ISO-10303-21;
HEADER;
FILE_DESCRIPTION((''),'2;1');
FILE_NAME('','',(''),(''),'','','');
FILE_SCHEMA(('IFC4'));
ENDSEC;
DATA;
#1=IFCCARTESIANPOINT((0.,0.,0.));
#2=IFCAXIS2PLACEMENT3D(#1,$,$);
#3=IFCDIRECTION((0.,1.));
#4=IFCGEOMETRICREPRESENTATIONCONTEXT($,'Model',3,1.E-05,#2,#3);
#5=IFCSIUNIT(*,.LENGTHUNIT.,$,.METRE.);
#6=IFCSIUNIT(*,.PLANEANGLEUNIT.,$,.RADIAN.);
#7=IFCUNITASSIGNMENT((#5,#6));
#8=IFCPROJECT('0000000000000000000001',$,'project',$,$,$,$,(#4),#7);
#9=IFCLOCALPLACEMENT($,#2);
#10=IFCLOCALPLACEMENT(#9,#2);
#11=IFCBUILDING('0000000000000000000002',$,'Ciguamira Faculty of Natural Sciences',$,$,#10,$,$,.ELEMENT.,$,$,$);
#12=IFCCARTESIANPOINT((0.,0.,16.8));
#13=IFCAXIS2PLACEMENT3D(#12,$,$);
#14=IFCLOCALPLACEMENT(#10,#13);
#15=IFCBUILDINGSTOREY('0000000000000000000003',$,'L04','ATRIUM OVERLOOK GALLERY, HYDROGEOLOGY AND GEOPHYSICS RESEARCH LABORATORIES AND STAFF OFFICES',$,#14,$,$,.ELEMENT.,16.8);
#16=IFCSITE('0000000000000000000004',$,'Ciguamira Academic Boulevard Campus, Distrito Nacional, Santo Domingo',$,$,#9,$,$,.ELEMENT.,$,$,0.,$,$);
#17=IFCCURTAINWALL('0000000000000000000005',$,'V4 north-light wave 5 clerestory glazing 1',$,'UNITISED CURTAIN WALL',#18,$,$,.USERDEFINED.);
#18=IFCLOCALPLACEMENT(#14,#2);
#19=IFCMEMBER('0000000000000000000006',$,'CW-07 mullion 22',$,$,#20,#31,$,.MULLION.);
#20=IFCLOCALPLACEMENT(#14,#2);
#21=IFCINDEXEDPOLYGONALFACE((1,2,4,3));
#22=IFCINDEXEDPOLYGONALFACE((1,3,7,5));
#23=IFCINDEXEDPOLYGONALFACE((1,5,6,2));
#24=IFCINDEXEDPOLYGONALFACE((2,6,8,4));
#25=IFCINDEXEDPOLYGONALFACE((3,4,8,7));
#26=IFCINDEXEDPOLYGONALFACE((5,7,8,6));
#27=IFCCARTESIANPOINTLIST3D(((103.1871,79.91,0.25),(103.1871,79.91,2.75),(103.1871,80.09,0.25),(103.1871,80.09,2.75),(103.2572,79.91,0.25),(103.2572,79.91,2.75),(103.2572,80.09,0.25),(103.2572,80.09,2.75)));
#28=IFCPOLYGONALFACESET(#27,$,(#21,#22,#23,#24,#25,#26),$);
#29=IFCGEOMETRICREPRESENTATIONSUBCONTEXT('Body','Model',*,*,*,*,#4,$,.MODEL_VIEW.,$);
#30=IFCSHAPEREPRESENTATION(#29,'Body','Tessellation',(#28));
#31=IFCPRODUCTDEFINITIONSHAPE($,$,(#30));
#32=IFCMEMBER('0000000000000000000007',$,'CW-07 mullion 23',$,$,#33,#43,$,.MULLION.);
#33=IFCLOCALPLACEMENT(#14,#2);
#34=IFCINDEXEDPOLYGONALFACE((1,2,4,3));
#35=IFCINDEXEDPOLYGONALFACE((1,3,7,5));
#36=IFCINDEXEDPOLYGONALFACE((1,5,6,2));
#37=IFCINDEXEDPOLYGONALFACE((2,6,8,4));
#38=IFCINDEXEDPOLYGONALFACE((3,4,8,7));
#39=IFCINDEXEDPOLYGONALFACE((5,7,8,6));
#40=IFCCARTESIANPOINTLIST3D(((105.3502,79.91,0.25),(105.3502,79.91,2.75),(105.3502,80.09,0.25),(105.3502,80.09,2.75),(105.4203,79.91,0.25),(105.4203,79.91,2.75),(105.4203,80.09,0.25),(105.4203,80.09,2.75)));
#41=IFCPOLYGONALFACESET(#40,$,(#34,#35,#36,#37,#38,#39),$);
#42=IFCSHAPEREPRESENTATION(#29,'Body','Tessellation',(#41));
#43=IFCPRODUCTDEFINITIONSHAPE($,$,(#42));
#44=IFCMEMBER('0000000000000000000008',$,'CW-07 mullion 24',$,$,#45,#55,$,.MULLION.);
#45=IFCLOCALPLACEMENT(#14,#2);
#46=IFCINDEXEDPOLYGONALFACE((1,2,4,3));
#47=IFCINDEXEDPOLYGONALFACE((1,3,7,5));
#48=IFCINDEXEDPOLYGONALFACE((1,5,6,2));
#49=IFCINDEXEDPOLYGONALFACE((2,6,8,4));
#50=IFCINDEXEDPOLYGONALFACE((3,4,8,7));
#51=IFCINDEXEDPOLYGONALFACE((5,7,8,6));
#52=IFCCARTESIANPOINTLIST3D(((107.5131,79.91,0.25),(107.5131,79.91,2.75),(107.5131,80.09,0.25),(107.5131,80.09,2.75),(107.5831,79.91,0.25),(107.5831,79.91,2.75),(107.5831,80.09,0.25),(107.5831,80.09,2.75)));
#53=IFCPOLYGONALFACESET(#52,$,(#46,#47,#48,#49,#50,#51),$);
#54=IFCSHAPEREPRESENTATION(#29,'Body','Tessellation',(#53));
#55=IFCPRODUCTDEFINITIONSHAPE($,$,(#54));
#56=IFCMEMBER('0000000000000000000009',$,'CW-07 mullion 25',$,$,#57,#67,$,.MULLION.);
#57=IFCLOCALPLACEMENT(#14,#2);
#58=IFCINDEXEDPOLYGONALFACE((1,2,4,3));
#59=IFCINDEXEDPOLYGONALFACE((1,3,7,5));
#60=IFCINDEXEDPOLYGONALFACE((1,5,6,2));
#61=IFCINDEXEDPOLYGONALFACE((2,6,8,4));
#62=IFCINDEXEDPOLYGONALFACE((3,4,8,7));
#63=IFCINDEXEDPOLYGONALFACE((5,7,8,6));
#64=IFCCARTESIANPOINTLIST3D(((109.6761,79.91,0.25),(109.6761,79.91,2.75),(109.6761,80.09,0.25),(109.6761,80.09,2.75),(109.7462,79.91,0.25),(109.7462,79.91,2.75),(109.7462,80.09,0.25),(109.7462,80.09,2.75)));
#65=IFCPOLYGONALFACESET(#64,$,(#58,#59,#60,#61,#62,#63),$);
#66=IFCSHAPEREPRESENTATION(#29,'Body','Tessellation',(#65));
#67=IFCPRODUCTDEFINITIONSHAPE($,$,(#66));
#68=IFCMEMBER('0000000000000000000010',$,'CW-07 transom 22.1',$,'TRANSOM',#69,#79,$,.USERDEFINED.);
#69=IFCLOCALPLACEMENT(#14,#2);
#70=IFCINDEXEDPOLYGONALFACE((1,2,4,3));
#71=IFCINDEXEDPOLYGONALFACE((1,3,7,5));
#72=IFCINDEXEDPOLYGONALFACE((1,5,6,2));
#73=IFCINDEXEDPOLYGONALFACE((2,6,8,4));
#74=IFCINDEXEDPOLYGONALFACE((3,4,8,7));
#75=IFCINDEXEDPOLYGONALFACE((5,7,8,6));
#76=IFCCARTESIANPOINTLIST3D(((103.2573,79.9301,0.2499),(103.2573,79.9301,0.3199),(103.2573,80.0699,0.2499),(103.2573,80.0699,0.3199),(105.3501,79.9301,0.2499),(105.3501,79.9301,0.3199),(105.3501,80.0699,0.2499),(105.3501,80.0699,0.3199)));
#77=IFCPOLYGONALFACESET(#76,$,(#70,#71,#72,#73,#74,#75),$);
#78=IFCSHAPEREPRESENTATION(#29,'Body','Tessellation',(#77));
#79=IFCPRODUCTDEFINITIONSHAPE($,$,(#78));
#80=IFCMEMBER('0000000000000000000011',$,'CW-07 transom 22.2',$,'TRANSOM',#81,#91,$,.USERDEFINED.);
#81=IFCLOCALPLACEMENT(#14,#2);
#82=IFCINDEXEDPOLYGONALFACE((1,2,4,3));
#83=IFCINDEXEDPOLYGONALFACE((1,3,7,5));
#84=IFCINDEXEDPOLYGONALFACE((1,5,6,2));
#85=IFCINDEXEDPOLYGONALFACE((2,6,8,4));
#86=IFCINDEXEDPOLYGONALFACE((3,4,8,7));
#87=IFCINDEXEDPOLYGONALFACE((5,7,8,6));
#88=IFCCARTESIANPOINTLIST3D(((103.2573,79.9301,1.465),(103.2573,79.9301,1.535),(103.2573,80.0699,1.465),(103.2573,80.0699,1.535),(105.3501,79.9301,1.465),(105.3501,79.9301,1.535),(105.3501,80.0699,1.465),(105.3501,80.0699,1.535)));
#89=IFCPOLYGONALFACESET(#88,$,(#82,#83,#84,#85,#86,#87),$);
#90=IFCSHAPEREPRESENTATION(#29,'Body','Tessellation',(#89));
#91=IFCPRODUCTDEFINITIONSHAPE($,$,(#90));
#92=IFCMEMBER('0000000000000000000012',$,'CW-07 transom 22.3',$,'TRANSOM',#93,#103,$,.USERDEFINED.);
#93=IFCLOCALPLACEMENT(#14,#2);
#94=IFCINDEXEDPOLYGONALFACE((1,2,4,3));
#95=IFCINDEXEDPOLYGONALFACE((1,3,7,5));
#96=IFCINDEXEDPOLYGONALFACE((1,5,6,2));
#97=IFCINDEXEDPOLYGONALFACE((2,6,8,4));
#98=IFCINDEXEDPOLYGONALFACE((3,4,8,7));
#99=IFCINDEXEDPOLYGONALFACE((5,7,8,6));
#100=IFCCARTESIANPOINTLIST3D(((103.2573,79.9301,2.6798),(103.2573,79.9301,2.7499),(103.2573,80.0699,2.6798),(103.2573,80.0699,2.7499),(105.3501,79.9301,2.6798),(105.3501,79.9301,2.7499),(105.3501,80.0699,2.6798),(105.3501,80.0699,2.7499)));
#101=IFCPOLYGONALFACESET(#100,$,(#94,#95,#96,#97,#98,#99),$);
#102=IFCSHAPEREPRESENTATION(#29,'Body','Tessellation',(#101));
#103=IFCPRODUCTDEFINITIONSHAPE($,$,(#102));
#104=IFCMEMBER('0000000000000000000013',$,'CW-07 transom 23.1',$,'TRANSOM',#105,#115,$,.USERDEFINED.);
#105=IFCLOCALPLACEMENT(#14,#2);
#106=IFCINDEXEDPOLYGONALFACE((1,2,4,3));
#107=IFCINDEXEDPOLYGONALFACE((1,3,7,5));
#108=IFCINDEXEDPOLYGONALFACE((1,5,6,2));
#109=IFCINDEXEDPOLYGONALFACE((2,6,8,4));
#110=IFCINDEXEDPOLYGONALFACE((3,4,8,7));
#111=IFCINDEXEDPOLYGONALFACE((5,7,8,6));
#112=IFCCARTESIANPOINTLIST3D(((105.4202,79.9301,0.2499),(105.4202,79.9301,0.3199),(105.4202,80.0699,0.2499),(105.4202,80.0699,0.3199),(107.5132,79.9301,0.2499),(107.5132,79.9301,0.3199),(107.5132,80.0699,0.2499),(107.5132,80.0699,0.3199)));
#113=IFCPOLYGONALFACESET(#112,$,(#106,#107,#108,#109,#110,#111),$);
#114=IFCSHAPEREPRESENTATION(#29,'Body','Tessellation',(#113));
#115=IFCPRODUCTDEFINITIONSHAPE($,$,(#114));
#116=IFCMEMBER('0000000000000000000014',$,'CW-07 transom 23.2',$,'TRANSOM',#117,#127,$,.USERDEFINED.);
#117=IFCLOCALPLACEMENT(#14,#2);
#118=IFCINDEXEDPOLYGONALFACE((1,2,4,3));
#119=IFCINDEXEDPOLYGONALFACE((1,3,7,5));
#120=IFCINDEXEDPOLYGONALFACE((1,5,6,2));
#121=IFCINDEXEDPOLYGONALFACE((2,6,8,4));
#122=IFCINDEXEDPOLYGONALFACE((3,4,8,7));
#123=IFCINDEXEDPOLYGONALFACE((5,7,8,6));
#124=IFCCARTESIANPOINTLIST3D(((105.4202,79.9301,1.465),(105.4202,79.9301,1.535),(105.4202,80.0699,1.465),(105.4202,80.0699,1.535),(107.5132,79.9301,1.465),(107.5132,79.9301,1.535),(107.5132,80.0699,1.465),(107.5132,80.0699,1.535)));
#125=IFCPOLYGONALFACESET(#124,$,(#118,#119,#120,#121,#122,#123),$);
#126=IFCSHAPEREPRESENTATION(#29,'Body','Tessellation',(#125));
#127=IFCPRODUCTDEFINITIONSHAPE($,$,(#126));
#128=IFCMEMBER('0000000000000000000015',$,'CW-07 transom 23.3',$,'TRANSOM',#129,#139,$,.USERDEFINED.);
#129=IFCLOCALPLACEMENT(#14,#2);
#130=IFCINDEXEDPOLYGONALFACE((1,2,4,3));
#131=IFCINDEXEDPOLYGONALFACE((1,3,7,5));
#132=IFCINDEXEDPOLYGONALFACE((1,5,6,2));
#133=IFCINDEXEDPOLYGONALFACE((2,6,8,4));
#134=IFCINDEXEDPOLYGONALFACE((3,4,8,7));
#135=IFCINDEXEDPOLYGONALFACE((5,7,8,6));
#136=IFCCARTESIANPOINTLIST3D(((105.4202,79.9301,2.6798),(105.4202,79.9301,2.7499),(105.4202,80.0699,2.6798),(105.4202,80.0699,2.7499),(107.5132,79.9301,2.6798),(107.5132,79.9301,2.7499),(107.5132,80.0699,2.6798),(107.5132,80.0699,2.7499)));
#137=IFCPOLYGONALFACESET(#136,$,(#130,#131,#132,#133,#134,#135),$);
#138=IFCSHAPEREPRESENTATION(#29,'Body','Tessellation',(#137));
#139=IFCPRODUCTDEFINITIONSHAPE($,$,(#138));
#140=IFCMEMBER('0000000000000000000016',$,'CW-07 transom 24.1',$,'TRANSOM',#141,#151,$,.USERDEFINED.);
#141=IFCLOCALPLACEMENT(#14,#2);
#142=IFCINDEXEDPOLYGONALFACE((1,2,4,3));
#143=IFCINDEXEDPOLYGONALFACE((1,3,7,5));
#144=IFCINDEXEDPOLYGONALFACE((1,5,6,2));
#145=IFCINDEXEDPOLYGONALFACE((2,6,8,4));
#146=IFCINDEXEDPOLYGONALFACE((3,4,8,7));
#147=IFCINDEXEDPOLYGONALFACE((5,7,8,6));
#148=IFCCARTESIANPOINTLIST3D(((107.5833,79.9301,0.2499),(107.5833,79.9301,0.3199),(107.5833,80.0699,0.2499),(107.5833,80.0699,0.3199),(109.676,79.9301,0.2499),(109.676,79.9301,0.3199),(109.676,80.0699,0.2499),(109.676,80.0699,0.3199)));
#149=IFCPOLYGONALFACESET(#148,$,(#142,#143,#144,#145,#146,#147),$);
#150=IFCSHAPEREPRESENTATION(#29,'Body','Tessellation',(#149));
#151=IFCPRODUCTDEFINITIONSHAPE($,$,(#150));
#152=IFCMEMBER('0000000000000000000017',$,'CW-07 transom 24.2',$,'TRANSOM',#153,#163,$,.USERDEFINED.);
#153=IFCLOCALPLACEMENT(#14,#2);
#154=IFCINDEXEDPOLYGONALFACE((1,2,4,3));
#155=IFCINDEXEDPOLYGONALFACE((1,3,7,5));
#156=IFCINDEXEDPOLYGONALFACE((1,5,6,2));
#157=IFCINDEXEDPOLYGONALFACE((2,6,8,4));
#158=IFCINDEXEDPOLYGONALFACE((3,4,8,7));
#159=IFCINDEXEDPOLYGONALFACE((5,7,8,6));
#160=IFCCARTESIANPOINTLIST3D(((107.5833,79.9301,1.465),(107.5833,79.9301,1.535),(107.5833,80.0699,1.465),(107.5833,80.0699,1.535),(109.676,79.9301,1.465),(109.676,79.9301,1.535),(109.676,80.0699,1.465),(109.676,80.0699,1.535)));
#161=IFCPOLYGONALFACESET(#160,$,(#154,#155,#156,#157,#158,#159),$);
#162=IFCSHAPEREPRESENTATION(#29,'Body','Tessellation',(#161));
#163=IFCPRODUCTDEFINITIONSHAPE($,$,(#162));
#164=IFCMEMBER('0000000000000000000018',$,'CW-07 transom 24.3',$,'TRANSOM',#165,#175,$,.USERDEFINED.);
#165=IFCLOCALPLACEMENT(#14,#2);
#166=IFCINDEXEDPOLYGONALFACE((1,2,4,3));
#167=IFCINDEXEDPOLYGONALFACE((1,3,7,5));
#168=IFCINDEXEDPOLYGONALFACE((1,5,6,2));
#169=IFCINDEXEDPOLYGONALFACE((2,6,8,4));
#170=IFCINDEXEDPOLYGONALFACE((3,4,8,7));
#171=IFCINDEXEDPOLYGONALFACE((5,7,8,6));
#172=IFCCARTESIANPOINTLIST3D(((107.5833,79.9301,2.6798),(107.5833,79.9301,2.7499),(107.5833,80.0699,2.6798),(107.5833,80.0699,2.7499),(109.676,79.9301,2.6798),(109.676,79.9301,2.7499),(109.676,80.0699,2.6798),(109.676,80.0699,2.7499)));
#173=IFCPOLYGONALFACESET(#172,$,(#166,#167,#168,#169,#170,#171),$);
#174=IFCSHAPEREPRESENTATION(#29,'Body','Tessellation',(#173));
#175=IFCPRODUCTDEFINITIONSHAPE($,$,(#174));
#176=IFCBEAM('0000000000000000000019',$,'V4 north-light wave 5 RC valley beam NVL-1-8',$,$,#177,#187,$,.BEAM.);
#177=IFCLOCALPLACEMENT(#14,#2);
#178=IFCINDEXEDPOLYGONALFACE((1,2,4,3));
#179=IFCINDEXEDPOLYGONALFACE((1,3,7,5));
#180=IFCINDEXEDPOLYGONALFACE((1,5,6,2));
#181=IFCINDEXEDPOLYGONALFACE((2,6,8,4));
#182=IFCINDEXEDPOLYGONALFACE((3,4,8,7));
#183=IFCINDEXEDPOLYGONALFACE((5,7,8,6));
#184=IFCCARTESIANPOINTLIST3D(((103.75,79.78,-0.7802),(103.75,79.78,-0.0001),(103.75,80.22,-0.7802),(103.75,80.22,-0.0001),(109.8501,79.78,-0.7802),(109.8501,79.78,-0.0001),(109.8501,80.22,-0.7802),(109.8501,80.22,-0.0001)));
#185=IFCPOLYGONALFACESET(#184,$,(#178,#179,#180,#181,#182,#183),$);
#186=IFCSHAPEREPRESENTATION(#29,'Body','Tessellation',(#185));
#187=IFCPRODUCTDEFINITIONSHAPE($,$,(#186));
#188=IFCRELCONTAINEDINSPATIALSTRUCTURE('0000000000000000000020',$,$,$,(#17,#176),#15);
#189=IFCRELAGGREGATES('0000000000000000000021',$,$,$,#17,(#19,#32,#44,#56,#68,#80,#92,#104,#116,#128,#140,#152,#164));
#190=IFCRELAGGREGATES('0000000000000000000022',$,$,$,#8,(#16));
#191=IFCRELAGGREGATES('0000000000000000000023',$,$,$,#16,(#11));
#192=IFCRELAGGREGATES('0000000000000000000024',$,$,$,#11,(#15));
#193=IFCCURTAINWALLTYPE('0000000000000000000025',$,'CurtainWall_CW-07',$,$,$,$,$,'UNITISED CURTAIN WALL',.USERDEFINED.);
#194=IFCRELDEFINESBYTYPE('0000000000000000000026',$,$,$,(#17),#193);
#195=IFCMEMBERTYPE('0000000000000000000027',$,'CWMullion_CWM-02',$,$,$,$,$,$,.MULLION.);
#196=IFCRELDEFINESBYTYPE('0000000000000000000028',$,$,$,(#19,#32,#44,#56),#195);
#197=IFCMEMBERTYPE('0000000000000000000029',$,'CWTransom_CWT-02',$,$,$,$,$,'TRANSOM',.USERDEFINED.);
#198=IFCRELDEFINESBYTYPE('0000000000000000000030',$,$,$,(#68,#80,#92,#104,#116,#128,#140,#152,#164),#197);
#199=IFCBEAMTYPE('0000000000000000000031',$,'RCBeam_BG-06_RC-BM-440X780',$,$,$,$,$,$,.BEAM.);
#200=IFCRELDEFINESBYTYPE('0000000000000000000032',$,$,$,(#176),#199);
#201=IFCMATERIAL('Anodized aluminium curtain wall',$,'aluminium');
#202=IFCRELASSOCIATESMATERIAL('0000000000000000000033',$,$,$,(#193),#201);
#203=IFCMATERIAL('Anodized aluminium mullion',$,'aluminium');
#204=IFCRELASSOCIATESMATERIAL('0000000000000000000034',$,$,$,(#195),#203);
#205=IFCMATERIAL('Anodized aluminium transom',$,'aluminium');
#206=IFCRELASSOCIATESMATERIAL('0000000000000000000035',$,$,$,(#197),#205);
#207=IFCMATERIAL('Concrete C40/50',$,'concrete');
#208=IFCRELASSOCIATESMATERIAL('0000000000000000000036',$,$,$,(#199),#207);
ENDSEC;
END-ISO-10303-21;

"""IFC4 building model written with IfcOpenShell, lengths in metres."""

from ifc_helpers import new_model, si_unit, direction, frame, origin, origin_2d, place, context, subcontext, project, spatial, rectangle, extrude, material, material_profile, profile_set, type_object, element, aggregate, save


model = new_model("IFC4")

# Units and contexts
model_context = context("Model", 3, precision=1e-05, world=origin(), true_north=direction((0.0, 1.0)))
body_context = subcontext(model_context, "Body", "Model", "MODEL_VIEW")
ifc_project = project(units=[si_unit("LENGTHUNIT", "METRE"), si_unit("PLANEANGLEUNIT", "RADIAN")], contexts=[model_context])

# Site, building, storey
site_placement = place(None, origin())
site = spatial("IfcSite", under=ifc_project, at=site_placement, Name="Ciguamira Academic Boulevard Campus, Distrito Nacional, Santo Domingo", CompositionType="ELEMENT", RefElevation=0.0)
building_placement = place(site_placement, origin())
building = spatial("IfcBuilding", under=site, at=building_placement, Name="Ciguamira Faculty of Natural Sciences", CompositionType="ELEMENT")
storey_placement = place(building_placement, frame((0.0, 0.0, 16.8)))
storey = spatial("IfcBuildingStorey", under=building, at=storey_placement, Name="L04", Description="ATRIUM OVERLOOK GALLERY, HYDROGEOLOGY AND GEOPHYSICS RESEARCH LABORATORIES AND STAFF OFFICES", CompositionType="ELEMENT", Elevation=16.8)

# Curtain wall, members
ifc_material_1 = material(Name="Anodized aluminium curtain wall", Category="aluminium")
curtain_wall_type = type_object("IfcCurtainWallType", Name="CurtainWall_CW-07", ElementType="UNITISED CURTAIN WALL", PredefinedType="USERDEFINED", material=ifc_material_1)
curtain_wall_placement = place(storey_placement, origin())
curtain_wall = element("IfcCurtainWall", 1, at=curtain_wall_placement, inside=storey, type_object=curtain_wall_type, Name="V4 north-light wave 5 clerestory glazing 1", ObjectType="UNITISED CURTAIN WALL", PredefinedType="USERDEFINED")
ifc_material_2 = material(Name="Anodized aluminium mullion", Category="aluminium")
ifc_material_profile_1 = material_profile(ifc_material_2, rectangle(XDim=0.0701, YDim=0.1799, at=origin_2d()), Name="ALU-MUL-70X180")
ifc_profile_set_1 = profile_set([ifc_material_profile_1], Name="Anodized aluminium mullion")
member_type_1 = type_object("IfcMemberType", Name="CWMullion_CWM-02", PredefinedType="MULLION", material=ifc_profile_set_1)
member_1_placement = place(storey_placement, frame((103.2222, 80.0, 0.25), z_axis=(0.0, 0.0, 1.0), x_axis=(1.0, 0.0, 0.0)))
member_1 = element("IfcMember", 2, at=member_1_placement, type_object=member_type_1, Name="CW-07 mullion 22", PredefinedType="MULLION", context=body_context, shape_type="SweptSolid", body=[
    extrude(rectangle(XDim=0.0701, YDim=0.1799, at=origin_2d()), origin(), (0.0, 0.0, 1.0), 2.5),
])
member_2_placement = place(storey_placement, frame((105.3853, 80.0, 0.25), z_axis=(0.0, 0.0, 1.0), x_axis=(1.0, 0.0, 0.0)))
member_2 = element("IfcMember", 3, at=member_2_placement, type_object=member_type_1, Name="CW-07 mullion 23", PredefinedType="MULLION", context=body_context, shape_type="SweptSolid", body=[
    extrude(rectangle(XDim=0.0701, YDim=0.1799, at=origin_2d()), origin(), (0.0, 0.0, 1.0), 2.5),
])
member_3_placement = place(storey_placement, frame((107.5481, 80.0, 0.25), z_axis=(0.0, 0.0, 1.0), x_axis=(1.0, 0.0, 0.0)))
member_3 = element("IfcMember", 4, at=member_3_placement, type_object=member_type_1, Name="CW-07 mullion 24", PredefinedType="MULLION", context=body_context, shape_type="SweptSolid", body=[
    extrude(rectangle(XDim=0.0701, YDim=0.1799, at=origin_2d()), origin(), (0.0, 0.0, 1.0), 2.5),
])
member_4_placement = place(storey_placement, frame((109.7112, 80.0, 0.25), z_axis=(0.0, 0.0, 1.0), x_axis=(1.0, 0.0, 0.0)))
member_4 = element("IfcMember", 5, at=member_4_placement, type_object=member_type_1, Name="CW-07 mullion 25", PredefinedType="MULLION", context=body_context, shape_type="SweptSolid", body=[
    extrude(rectangle(XDim=0.0701, YDim=0.1799, at=origin_2d()), origin(), (0.0, 0.0, 1.0), 2.5),
])
ifc_material_3 = material(Name="Anodized aluminium transom", Category="aluminium")
ifc_material_profile_2 = material_profile(ifc_material_3, rectangle(XDim=0.0701, YDim=0.1399, at=origin_2d()), Name="ALU-TRN-70X140")
ifc_profile_set_2 = profile_set([ifc_material_profile_2], Name="Anodized aluminium transom")
member_type_2 = type_object("IfcMemberType", Name="CWTransom_CWT-02", ElementType="TRANSOM", PredefinedType="USERDEFINED", material=ifc_profile_set_2)
member_5_placement = place(storey_placement, frame((103.2573, 80.0, 0.2849), z_axis=(1.0, 0.0, 0.0), x_axis=(0.0, 0.0, 1.0)))
member_5 = element("IfcMember", 6, at=member_5_placement, type_object=member_type_2, Name="CW-07 transom 22.1", ObjectType="TRANSOM", PredefinedType="USERDEFINED", context=body_context, shape_type="SweptSolid", body=[
    extrude(rectangle(XDim=0.0701, YDim=0.1399, at=origin_2d()), origin(), (0.0, 0.0, 1.0), 2.0928),
])
member_6_placement = place(storey_placement, frame((103.2573, 80.0, 1.5), z_axis=(1.0, 0.0, 0.0), x_axis=(0.0, 0.0, 1.0)))
member_6 = element("IfcMember", 7, at=member_6_placement, type_object=member_type_2, Name="CW-07 transom 22.2", ObjectType="TRANSOM", PredefinedType="USERDEFINED", context=body_context, shape_type="SweptSolid", body=[
    extrude(rectangle(XDim=0.0701, YDim=0.1399, at=origin_2d()), origin(), (0.0, 0.0, 1.0), 2.0928),
])
member_7_placement = place(storey_placement, frame((103.2573, 80.0, 2.7148), z_axis=(1.0, 0.0, 0.0), x_axis=(0.0, 0.0, 1.0)))
member_7 = element("IfcMember", 8, at=member_7_placement, type_object=member_type_2, Name="CW-07 transom 22.3", ObjectType="TRANSOM", PredefinedType="USERDEFINED", context=body_context, shape_type="SweptSolid", body=[
    extrude(rectangle(XDim=0.0701, YDim=0.1399, at=origin_2d()), origin(), (0.0, 0.0, 1.0), 2.0928),
])
member_8_placement = place(storey_placement, frame((105.4202, 80.0, 0.2849), z_axis=(1.0, 0.0, 0.0), x_axis=(0.0, 0.0, 1.0)))
member_8 = element("IfcMember", 9, at=member_8_placement, type_object=member_type_2, Name="CW-07 transom 23.1", ObjectType="TRANSOM", PredefinedType="USERDEFINED", context=body_context, shape_type="SweptSolid", body=[
    extrude(rectangle(XDim=0.0701, YDim=0.1399, at=origin_2d()), origin(), (0.0, 0.0, 1.0), 2.093),
])
member_9_placement = place(storey_placement, frame((105.4202, 80.0, 1.5), z_axis=(1.0, 0.0, 0.0), x_axis=(0.0, 0.0, 1.0)))
member_9 = element("IfcMember", 10, at=member_9_placement, type_object=member_type_2, Name="CW-07 transom 23.2", ObjectType="TRANSOM", PredefinedType="USERDEFINED", context=body_context, shape_type="SweptSolid", body=[
    extrude(rectangle(XDim=0.0701, YDim=0.1399, at=origin_2d()), origin(), (0.0, 0.0, 1.0), 2.093),
])
member_10_placement = place(storey_placement, frame((105.4202, 80.0, 2.7148), z_axis=(1.0, 0.0, 0.0), x_axis=(0.0, 0.0, 1.0)))
member_10 = element("IfcMember", 11, at=member_10_placement, type_object=member_type_2, Name="CW-07 transom 23.3", ObjectType="TRANSOM", PredefinedType="USERDEFINED", context=body_context, shape_type="SweptSolid", body=[
    extrude(rectangle(XDim=0.0701, YDim=0.1399, at=origin_2d()), origin(), (0.0, 0.0, 1.0), 2.093),
])
member_11_placement = place(storey_placement, frame((107.5833, 80.0, 0.2849), z_axis=(1.0, 0.0, 0.0), x_axis=(0.0, 0.0, 1.0)))
member_11 = element("IfcMember", 12, at=member_11_placement, type_object=member_type_2, Name="CW-07 transom 24.1", ObjectType="TRANSOM", PredefinedType="USERDEFINED", context=body_context, shape_type="SweptSolid", body=[
    extrude(rectangle(XDim=0.0701, YDim=0.1399, at=origin_2d()), origin(), (0.0, 0.0, 1.0), 2.0928),
])
member_12_placement = place(storey_placement, frame((107.5833, 80.0, 1.5), z_axis=(1.0, 0.0, 0.0), x_axis=(0.0, 0.0, 1.0)))
member_12 = element("IfcMember", 13, at=member_12_placement, type_object=member_type_2, Name="CW-07 transom 24.2", ObjectType="TRANSOM", PredefinedType="USERDEFINED", context=body_context, shape_type="SweptSolid", body=[
    extrude(rectangle(XDim=0.0701, YDim=0.1399, at=origin_2d()), origin(), (0.0, 0.0, 1.0), 2.0928),
])
member_13_placement = place(storey_placement, frame((107.5833, 80.0, 2.7148), z_axis=(1.0, 0.0, 0.0), x_axis=(0.0, 0.0, 1.0)))
member_13 = element("IfcMember", 14, at=member_13_placement, type_object=member_type_2, Name="CW-07 transom 24.3", ObjectType="TRANSOM", PredefinedType="USERDEFINED", context=body_context, shape_type="SweptSolid", body=[
    extrude(rectangle(XDim=0.0701, YDim=0.1399, at=origin_2d()), origin(), (0.0, 0.0, 1.0), 2.0928),
])

# Beam
ifc_material_4 = material(Name="Concrete C40/50", Category="concrete")
ifc_material_profile_3 = material_profile(ifc_material_4, rectangle(XDim=0.4399, YDim=0.78, at=origin_2d()), Name="RC-BM-440X780")
ifc_profile_set_3 = profile_set([ifc_material_profile_3], Name="Concrete C40/50")
beam_type = type_object("IfcBeamType", Name="RCBeam_BG-06_RC-BM-440X780", PredefinedType="BEAM", material=ifc_profile_set_3)
beam_placement = place(storey_placement, frame((103.75, 80.0, -0.3901), z_axis=(1.0, 0.0, 0.0), x_axis=(0.0, 1.0, 0.0)))
element("IfcBeam", 15, at=beam_placement, inside=storey, type_object=beam_type, Name="V4 north-light wave 5 RC valley beam NVL-1-8", PredefinedType="BEAM", context=body_context, shape_type="SweptSolid", body=[
    extrude(rectangle(XDim=0.4399, YDim=0.78, at=origin_2d()), origin(), (0.0, 0.0, 1.0), 6.1001),
])

aggregate(curtain_wall, [member_1, member_2, member_3, member_4, member_5, member_6, member_7, member_8, member_9, member_10, member_11, member_12, member_13])

save(model, "model.ifc")
